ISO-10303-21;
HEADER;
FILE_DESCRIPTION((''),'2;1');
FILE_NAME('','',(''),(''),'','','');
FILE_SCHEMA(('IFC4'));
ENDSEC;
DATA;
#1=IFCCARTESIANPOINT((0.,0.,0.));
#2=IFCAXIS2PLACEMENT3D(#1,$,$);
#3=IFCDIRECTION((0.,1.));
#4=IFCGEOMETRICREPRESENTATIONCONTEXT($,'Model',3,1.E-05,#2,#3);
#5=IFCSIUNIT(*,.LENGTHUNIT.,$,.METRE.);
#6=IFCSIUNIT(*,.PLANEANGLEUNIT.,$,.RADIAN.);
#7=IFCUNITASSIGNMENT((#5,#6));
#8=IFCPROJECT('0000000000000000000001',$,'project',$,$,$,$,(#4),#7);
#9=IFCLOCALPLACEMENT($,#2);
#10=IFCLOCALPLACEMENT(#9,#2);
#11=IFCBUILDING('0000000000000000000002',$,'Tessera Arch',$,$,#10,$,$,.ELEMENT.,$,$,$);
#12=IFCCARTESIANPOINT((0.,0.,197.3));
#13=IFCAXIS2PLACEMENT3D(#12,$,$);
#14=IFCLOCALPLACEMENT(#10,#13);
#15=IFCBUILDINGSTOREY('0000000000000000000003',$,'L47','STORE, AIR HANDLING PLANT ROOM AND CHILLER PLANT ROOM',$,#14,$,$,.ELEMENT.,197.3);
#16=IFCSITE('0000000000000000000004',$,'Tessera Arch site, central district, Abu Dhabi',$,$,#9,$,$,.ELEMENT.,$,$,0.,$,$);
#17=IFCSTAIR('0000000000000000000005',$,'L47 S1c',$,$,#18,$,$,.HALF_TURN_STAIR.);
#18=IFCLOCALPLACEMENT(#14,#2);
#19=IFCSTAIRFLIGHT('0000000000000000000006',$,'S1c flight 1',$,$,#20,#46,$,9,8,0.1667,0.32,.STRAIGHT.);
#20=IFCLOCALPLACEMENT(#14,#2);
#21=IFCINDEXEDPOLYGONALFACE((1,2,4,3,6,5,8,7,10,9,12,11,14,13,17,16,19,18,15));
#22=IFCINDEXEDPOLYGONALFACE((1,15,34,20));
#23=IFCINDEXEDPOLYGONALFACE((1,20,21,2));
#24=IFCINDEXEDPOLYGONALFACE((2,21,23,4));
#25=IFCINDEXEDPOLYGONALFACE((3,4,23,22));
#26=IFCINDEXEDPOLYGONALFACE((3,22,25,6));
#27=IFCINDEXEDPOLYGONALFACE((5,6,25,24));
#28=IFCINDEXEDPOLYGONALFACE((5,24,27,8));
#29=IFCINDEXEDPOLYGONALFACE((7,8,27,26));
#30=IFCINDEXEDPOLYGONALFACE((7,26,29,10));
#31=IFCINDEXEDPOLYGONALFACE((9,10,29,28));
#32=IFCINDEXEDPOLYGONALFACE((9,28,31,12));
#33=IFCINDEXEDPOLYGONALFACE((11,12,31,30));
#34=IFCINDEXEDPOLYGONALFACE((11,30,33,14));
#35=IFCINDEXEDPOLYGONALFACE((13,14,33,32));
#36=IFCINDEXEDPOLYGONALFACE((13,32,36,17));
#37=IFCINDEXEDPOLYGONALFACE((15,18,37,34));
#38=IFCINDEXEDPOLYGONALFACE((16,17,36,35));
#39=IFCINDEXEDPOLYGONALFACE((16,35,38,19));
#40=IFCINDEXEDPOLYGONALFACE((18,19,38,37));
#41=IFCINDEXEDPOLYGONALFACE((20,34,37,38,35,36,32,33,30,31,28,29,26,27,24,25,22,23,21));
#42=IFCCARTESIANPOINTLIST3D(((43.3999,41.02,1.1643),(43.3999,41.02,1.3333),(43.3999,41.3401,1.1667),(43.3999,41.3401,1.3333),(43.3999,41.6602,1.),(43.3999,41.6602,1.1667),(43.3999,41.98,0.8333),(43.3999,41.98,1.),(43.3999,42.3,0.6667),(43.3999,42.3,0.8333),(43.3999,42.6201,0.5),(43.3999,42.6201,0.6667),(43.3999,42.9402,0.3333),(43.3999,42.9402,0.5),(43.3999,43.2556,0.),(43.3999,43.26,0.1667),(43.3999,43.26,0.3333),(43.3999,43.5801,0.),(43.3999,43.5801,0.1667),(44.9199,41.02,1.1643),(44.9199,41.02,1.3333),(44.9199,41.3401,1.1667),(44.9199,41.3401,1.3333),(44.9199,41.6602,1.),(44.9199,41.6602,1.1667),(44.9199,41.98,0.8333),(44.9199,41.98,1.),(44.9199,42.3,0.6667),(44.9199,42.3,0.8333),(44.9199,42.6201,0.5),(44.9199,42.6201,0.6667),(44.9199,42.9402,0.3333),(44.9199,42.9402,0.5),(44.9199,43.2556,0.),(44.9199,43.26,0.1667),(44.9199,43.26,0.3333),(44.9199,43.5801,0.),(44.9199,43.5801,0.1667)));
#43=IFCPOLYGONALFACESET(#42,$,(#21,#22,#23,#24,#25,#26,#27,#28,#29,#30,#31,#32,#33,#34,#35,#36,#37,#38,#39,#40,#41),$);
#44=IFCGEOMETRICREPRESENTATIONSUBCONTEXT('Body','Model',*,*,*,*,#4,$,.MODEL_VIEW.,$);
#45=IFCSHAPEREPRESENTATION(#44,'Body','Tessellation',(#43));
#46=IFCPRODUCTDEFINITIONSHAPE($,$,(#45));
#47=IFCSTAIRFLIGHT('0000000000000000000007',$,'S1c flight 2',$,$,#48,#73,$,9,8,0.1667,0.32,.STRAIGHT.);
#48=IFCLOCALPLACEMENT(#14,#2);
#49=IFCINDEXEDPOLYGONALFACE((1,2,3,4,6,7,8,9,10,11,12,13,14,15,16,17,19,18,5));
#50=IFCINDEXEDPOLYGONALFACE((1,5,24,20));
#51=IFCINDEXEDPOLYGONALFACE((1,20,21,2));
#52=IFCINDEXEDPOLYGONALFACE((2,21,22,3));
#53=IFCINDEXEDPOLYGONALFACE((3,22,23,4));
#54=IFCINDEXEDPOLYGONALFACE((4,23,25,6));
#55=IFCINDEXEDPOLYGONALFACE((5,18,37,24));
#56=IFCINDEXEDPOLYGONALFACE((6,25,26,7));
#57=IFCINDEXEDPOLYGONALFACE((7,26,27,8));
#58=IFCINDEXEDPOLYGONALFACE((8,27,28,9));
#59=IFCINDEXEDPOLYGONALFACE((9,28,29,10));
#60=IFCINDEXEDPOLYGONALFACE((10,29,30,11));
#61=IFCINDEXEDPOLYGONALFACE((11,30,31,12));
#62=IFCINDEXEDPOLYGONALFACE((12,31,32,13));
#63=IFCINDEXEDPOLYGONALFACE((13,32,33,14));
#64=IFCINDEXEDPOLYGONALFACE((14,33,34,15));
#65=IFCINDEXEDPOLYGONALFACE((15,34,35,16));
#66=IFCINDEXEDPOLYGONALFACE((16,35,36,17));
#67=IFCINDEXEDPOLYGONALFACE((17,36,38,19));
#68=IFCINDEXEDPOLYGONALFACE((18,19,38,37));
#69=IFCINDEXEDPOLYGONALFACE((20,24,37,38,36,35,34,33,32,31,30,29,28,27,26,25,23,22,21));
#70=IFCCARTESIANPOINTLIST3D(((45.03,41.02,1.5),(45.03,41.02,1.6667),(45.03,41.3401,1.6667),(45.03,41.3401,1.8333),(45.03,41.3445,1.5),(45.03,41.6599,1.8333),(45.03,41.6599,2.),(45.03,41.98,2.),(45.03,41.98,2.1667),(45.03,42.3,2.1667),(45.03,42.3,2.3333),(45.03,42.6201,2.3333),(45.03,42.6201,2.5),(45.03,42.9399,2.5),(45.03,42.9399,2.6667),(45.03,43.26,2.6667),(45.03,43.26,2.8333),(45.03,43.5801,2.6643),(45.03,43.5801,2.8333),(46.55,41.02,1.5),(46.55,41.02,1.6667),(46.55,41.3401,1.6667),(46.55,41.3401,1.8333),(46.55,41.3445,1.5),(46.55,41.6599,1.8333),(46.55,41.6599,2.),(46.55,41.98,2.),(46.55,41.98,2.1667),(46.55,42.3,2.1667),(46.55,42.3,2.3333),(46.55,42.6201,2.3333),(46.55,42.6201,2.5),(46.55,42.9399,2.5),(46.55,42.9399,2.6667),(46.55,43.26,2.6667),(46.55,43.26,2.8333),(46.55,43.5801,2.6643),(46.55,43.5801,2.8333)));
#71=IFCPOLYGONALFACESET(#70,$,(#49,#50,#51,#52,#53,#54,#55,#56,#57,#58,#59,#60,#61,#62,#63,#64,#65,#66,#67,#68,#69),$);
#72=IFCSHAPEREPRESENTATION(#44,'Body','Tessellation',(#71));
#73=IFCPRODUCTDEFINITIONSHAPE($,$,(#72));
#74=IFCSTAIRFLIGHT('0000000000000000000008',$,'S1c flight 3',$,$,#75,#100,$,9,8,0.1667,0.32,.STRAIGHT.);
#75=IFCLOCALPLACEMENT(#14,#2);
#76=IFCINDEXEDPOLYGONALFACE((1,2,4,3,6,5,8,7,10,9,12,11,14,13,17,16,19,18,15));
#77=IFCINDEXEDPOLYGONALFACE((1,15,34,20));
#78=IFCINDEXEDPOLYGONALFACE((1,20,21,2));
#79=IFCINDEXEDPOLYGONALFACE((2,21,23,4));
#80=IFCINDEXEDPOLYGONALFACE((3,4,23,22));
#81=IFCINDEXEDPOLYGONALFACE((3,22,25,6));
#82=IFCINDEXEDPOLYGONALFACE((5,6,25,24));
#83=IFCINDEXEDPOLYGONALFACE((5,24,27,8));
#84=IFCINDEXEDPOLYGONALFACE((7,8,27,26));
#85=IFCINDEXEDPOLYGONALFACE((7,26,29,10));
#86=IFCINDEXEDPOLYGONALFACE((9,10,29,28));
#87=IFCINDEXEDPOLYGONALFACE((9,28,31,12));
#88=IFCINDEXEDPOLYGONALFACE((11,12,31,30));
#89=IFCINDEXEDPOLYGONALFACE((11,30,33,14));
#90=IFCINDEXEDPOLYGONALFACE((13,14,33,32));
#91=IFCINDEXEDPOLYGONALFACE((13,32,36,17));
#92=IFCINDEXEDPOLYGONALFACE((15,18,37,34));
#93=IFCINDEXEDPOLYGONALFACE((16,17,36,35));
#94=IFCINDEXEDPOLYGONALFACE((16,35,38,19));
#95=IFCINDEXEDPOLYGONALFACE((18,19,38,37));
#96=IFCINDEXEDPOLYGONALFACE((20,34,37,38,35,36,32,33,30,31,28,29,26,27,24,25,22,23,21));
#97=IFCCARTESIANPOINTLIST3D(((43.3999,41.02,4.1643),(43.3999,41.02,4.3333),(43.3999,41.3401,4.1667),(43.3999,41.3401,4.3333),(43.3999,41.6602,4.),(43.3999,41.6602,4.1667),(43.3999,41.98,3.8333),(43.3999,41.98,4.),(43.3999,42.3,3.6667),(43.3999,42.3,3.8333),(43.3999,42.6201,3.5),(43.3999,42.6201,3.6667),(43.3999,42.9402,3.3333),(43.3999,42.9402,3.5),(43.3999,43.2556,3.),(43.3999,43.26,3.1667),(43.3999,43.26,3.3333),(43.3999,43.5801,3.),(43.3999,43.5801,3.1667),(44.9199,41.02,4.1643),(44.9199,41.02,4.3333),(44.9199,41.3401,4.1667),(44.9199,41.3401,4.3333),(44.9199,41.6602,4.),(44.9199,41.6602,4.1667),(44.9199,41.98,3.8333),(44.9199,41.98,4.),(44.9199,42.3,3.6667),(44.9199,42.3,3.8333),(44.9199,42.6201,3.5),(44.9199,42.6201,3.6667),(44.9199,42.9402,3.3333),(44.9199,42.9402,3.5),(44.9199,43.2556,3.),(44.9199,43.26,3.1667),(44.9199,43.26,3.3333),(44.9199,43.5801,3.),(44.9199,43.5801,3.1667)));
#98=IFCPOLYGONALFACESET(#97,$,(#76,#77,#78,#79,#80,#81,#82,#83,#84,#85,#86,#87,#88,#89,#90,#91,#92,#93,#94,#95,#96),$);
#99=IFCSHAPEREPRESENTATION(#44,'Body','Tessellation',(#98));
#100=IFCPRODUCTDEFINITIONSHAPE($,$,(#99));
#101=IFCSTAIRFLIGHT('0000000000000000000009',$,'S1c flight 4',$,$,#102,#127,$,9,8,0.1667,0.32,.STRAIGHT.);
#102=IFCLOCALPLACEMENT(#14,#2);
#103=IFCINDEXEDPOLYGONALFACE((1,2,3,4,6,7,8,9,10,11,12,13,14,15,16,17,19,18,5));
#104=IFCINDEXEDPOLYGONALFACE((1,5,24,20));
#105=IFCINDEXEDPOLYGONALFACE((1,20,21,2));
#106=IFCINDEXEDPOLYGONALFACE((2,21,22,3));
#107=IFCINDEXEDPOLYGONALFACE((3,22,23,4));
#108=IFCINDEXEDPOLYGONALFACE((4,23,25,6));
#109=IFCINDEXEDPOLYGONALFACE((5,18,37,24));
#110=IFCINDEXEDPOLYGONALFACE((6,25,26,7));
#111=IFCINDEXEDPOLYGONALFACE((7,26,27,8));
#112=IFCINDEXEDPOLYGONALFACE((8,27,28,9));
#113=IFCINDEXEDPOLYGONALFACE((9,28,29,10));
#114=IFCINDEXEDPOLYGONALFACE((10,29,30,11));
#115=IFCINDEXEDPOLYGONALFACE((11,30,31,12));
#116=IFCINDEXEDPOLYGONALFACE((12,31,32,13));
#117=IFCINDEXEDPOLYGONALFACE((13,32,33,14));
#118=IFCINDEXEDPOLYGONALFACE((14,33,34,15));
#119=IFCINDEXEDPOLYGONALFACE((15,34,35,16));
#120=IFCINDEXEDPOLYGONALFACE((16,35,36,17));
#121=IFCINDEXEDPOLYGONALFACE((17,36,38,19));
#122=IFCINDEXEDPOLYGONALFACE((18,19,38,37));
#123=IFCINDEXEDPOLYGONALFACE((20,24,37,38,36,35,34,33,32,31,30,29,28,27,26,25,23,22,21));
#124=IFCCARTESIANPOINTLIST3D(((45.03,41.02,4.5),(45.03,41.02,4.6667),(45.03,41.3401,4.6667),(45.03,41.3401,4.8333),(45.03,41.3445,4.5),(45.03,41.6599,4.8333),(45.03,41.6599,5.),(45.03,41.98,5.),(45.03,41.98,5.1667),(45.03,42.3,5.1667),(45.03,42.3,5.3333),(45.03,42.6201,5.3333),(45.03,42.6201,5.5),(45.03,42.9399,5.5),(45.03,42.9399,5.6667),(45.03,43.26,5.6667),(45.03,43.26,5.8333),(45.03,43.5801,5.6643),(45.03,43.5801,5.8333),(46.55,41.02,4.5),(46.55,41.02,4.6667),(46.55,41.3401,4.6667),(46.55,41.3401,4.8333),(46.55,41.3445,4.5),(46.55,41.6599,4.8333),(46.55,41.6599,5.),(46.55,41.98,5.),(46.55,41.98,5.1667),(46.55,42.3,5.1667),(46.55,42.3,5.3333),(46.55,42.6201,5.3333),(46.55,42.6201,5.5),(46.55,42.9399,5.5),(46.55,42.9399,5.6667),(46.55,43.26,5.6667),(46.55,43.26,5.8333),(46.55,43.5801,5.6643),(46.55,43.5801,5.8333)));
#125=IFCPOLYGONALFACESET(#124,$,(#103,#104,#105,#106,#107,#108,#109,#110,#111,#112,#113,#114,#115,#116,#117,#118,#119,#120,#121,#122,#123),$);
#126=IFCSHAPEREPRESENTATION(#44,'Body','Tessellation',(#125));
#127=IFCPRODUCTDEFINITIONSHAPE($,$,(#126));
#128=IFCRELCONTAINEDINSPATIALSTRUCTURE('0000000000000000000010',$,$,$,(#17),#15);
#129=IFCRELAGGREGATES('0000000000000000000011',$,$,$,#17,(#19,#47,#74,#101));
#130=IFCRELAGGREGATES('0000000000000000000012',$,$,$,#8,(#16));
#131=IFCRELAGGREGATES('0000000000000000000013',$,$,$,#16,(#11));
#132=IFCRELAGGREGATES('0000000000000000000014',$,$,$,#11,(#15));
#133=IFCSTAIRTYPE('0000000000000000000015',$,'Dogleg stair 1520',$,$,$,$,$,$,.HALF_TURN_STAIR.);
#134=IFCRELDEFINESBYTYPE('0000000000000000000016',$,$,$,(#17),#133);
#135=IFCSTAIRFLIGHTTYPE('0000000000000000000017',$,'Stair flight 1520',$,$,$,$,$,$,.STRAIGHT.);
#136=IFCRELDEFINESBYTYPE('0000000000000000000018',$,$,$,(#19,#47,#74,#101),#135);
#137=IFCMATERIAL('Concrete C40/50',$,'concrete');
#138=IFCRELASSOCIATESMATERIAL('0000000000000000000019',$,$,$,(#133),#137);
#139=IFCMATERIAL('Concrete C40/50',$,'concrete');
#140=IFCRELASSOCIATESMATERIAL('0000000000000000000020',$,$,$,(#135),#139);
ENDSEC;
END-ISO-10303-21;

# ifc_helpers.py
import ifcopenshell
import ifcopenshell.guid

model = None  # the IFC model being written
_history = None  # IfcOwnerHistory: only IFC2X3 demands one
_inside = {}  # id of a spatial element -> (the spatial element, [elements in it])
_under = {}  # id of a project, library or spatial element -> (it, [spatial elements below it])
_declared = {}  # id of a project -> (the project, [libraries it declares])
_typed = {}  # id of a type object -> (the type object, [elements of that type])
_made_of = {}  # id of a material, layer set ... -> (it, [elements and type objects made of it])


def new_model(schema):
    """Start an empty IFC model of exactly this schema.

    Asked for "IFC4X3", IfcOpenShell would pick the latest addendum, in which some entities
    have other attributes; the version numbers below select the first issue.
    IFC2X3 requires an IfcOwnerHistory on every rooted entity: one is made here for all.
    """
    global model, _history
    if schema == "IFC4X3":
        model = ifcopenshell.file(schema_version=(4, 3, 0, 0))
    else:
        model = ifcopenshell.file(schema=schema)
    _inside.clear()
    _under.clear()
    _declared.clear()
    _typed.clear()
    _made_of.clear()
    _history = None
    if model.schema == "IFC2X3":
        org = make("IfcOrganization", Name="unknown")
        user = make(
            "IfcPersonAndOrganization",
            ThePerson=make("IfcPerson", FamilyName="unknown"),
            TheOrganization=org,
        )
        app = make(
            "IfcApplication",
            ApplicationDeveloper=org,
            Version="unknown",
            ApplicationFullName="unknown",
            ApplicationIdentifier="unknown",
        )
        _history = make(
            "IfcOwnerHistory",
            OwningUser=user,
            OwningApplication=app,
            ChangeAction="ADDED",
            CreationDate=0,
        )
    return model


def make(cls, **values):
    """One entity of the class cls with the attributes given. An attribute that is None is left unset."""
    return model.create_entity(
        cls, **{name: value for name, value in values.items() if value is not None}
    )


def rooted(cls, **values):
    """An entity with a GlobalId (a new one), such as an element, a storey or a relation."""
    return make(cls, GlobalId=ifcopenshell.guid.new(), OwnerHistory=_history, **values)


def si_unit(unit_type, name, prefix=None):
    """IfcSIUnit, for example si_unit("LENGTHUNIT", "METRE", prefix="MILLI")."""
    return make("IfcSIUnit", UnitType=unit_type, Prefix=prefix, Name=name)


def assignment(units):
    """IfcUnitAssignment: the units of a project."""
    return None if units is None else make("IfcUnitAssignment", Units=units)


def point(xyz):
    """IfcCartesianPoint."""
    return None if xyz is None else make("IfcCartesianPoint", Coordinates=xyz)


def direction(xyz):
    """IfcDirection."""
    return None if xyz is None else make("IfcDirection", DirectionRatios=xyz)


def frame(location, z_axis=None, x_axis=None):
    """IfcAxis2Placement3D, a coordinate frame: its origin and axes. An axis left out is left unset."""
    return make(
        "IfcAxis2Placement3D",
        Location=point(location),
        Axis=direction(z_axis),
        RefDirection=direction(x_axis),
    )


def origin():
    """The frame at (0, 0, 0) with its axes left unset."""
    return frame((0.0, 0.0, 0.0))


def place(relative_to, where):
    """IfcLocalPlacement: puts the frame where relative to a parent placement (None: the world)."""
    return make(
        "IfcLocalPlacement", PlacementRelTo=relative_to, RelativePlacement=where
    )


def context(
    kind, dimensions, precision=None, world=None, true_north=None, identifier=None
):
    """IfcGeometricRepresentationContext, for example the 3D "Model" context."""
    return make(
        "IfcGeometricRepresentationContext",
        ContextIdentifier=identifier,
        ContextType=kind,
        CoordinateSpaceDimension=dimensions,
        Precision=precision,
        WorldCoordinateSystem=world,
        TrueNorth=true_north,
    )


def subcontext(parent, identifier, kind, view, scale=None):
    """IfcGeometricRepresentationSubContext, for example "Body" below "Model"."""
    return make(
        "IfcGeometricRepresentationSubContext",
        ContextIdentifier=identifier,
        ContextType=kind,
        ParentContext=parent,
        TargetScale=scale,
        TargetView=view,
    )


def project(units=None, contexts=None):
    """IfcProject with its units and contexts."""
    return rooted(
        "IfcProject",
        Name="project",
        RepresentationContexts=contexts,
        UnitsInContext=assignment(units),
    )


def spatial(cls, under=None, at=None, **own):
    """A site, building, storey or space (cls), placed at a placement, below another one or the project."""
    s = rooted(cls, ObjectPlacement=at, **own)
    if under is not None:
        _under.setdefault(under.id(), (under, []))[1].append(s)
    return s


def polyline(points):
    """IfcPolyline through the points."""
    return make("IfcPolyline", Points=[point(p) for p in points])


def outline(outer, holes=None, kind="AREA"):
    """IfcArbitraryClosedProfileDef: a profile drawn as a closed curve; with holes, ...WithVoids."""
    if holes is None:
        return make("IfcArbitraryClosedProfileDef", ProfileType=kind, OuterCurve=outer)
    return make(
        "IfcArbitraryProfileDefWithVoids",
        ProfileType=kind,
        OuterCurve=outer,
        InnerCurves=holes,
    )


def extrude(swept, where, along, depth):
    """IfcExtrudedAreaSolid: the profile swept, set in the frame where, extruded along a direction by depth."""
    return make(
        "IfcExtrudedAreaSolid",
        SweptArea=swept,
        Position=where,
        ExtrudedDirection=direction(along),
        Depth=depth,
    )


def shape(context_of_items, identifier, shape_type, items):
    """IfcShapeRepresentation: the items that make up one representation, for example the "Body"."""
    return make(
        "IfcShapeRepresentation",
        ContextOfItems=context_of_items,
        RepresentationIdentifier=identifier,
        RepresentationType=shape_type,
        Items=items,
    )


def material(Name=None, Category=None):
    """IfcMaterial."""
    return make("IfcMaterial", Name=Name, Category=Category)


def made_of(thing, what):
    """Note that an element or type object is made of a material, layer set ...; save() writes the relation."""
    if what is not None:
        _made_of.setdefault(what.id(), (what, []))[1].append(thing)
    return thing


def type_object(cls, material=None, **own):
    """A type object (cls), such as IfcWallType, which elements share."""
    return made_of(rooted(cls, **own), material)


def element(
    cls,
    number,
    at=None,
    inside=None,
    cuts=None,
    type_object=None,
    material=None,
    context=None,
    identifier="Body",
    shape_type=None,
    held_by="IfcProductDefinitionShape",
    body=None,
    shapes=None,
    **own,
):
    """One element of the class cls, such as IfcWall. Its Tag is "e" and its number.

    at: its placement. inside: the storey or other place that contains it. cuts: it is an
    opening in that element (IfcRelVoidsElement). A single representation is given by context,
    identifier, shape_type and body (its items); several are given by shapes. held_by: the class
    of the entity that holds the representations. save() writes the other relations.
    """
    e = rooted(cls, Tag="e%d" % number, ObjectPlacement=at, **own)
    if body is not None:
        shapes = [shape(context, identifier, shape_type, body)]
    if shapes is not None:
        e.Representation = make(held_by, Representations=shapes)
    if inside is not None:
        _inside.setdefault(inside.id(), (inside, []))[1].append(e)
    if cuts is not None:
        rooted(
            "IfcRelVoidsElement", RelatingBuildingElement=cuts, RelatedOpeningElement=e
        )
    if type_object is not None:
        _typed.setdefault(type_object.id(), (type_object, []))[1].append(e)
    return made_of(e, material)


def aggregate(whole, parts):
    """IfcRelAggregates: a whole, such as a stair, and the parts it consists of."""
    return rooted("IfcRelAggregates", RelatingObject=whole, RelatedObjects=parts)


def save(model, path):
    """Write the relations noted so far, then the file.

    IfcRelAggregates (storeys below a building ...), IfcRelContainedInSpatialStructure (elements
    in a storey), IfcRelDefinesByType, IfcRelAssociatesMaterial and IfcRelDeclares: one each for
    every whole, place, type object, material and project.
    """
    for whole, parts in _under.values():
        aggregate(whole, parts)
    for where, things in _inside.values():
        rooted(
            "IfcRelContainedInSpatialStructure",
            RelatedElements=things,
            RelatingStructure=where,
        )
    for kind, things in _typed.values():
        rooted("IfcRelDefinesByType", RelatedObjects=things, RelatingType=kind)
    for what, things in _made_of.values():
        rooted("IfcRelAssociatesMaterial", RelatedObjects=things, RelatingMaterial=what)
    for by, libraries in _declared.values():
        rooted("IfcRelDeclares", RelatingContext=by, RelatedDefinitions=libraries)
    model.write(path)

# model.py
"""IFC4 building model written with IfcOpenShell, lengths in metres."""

from ifc_helpers import new_model, si_unit, direction, frame, origin, place, context, subcontext, project, spatial, polyline, outline, extrude, material, type_object, element, aggregate, save


model = new_model("IFC4")

# Units and contexts
model_context = context("Model", 3, precision=1e-05, world=origin(), true_north=direction((0.0, 1.0)))
body_context = subcontext(model_context, "Body", "Model", "MODEL_VIEW")
ifc_project = project(units=[si_unit("LENGTHUNIT", "METRE"), si_unit("PLANEANGLEUNIT", "RADIAN")], contexts=[model_context])

# Site, building, storey
site_placement = place(None, origin())
site = spatial("IfcSite", under=ifc_project, at=site_placement, Name="Tessera Arch site, central district, Abu Dhabi", CompositionType="ELEMENT", RefElevation=0.0)
building_placement = place(site_placement, origin())
building = spatial("IfcBuilding", under=site, at=building_placement, Name="Tessera Arch", CompositionType="ELEMENT")
storey_placement = place(building_placement, frame((0.0, 0.0, 197.3)))
storey = spatial("IfcBuildingStorey", under=building, at=storey_placement, Name="L47", Description="STORE, AIR HANDLING PLANT ROOM AND CHILLER PLANT ROOM", CompositionType="ELEMENT", Elevation=197.3)

# Stair, stair flights
ifc_material_1 = material(Name="Concrete C40/50", Category="concrete")
stair_type = type_object("IfcStairType", Name="Dogleg stair 1520", PredefinedType="HALF_TURN_STAIR", material=ifc_material_1)
ifc_material_2 = material(Name="Concrete C40/50", Category="concrete")
stair_flight_type = type_object("IfcStairFlightType", Name="Stair flight 1520", PredefinedType="STRAIGHT", material=ifc_material_2)
stair_1_placement = place(storey_placement, origin())
stair_1 = element("IfcStair", 1, at=stair_1_placement, inside=storey, type_object=stair_type, Name="L47 S1c", PredefinedType="HALF_TURN_STAIR")
stair_flight_1_placement = place(storey_placement, frame((44.1599, 43.5801, 0.0), z_axis=(0.0, 0.0, 1.0), x_axis=(0.0, -1.0, 0.0)))
stair_flight_1 = element("IfcStairFlight", 2, at=stair_flight_1_placement, type_object=stair_flight_type, Name="S1c flight 1", NumberOfRisers=9, NumberOfTreads=8, PredefinedType="STRAIGHT", RiserHeight=0.1667, TreadLength=0.32, context=body_context, shape_type="SweptSolid", body=[
    extrude(outline(polyline([(0.0, 0.0), (0.0, 0.1667), (0.3201, 0.1667), (0.3201, 0.3333), (0.6399, 0.3333), (0.6399, 0.5), (0.96, 0.5), (0.96, 0.6667), (1.28, 0.6667), (1.28, 0.8333), (1.6001, 0.8333), (1.6001, 1.0), (1.9199, 1.0), (1.9199, 1.1667), (2.24, 1.1667), (2.24, 1.3333), (2.5601, 1.3333), (2.5601, 1.5), (2.5601, 1.1643), (0.3245, 0.0), (0.0, 0.0)])), frame((0.0, 0.76, 0.0), z_axis=(0.0, -1.0, 0.0), x_axis=(1.0, 0.0, 0.0)), (0.0, 0.0, 1.0), 1.52),
])
stair_flight_2_placement = place(storey_placement, frame((45.79, 41.02, 1.5), z_axis=(0.0, 0.0, 1.0), x_axis=(0.0, 1.0, 0.0)))
stair_flight_2 = element("IfcStairFlight", 3, at=stair_flight_2_placement, type_object=stair_flight_type, Name="S1c flight 2", NumberOfRisers=9, NumberOfTreads=8, PredefinedType="STRAIGHT", RiserHeight=0.1667, TreadLength=0.32, context=body_context, shape_type="SweptSolid", body=[
    extrude(outline(polyline([(0.0, 0.0), (0.0, 0.1667), (0.3201, 0.1667), (0.3201, 0.3333), (0.6399, 0.3333), (0.6399, 0.5), (0.96, 0.5), (0.96, 0.6667), (1.28, 0.6667), (1.28, 0.8333), (1.6001, 0.8333), (1.6001, 1.0), (1.9199, 1.0), (1.9199, 1.1667), (2.24, 1.1667), (2.24, 1.3333), (2.5601, 1.3333), (2.5601, 1.5), (2.5601, 1.1643), (0.3245, 0.0), (0.0, 0.0)])), frame((0.0, 0.76, 0.0), z_axis=(0.0, -1.0, 0.0), x_axis=(1.0, 0.0, 0.0)), (0.0, 0.0, 1.0), 1.52),
])
stair_flight_3_placement = place(storey_placement, frame((44.1599, 43.5801, 3.0), z_axis=(0.0, 0.0, 1.0), x_axis=(0.0, -1.0, 0.0)))
stair_flight_3 = element("IfcStairFlight", 4, at=stair_flight_3_placement, type_object=stair_flight_type, Name="S1c flight 3", NumberOfRisers=9, NumberOfTreads=8, PredefinedType="STRAIGHT", RiserHeight=0.1667, TreadLength=0.32, context=body_context, shape_type="SweptSolid", body=[
    extrude(outline(polyline([(0.0, 0.0), (0.0, 0.1667), (0.3201, 0.1667), (0.3201, 0.3333), (0.6399, 0.3333), (0.6399, 0.5), (0.96, 0.5), (0.96, 0.6667), (1.28, 0.6667), (1.28, 0.8333), (1.6001, 0.8333), (1.6001, 1.0), (1.9199, 1.0), (1.9199, 1.1667), (2.24, 1.1667), (2.24, 1.3333), (2.5601, 1.3333), (2.5601, 1.5), (2.5601, 1.1643), (0.3245, 0.0), (0.0, 0.0)])), frame((0.0, 0.76, 0.0), z_axis=(0.0, -1.0, 0.0), x_axis=(1.0, 0.0, 0.0)), (0.0, 0.0, 1.0), 1.52),
])
stair_flight_4_placement = place(storey_placement, frame((45.79, 41.02, 4.5), z_axis=(0.0, 0.0, 1.0), x_axis=(0.0, 1.0, 0.0)))
stair_flight_4 = element("IfcStairFlight", 5, at=stair_flight_4_placement, type_object=stair_flight_type, Name="S1c flight 4", NumberOfRisers=9, NumberOfTreads=8, PredefinedType="STRAIGHT", RiserHeight=0.1667, TreadLength=0.32, context=body_context, shape_type="SweptSolid", body=[
    extrude(outline(polyline([(0.0, 0.0), (0.0, 0.1667), (0.3201, 0.1667), (0.3201, 0.3333), (0.6399, 0.3333), (0.6399, 0.5), (0.96, 0.5), (0.96, 0.6667), (1.28, 0.6667), (1.28, 0.8333), (1.6001, 0.8333), (1.6001, 1.0), (1.9199, 1.0), (1.9199, 1.1667), (2.24, 1.1667), (2.24, 1.3333), (2.5601, 1.3333), (2.5601, 1.5), (2.5601, 1.1643), (0.3245, 0.0), (0.0, 0.0)])), frame((0.0, 0.76, 0.0), z_axis=(0.0, -1.0, 0.0), x_axis=(1.0, 0.0, 0.0)), (0.0, 0.0, 1.0), 1.52),
])
aggregate(stair_1, [stair_flight_1, stair_flight_2, stair_flight_3, stair_flight_4])

save(model, "model.ifc")
